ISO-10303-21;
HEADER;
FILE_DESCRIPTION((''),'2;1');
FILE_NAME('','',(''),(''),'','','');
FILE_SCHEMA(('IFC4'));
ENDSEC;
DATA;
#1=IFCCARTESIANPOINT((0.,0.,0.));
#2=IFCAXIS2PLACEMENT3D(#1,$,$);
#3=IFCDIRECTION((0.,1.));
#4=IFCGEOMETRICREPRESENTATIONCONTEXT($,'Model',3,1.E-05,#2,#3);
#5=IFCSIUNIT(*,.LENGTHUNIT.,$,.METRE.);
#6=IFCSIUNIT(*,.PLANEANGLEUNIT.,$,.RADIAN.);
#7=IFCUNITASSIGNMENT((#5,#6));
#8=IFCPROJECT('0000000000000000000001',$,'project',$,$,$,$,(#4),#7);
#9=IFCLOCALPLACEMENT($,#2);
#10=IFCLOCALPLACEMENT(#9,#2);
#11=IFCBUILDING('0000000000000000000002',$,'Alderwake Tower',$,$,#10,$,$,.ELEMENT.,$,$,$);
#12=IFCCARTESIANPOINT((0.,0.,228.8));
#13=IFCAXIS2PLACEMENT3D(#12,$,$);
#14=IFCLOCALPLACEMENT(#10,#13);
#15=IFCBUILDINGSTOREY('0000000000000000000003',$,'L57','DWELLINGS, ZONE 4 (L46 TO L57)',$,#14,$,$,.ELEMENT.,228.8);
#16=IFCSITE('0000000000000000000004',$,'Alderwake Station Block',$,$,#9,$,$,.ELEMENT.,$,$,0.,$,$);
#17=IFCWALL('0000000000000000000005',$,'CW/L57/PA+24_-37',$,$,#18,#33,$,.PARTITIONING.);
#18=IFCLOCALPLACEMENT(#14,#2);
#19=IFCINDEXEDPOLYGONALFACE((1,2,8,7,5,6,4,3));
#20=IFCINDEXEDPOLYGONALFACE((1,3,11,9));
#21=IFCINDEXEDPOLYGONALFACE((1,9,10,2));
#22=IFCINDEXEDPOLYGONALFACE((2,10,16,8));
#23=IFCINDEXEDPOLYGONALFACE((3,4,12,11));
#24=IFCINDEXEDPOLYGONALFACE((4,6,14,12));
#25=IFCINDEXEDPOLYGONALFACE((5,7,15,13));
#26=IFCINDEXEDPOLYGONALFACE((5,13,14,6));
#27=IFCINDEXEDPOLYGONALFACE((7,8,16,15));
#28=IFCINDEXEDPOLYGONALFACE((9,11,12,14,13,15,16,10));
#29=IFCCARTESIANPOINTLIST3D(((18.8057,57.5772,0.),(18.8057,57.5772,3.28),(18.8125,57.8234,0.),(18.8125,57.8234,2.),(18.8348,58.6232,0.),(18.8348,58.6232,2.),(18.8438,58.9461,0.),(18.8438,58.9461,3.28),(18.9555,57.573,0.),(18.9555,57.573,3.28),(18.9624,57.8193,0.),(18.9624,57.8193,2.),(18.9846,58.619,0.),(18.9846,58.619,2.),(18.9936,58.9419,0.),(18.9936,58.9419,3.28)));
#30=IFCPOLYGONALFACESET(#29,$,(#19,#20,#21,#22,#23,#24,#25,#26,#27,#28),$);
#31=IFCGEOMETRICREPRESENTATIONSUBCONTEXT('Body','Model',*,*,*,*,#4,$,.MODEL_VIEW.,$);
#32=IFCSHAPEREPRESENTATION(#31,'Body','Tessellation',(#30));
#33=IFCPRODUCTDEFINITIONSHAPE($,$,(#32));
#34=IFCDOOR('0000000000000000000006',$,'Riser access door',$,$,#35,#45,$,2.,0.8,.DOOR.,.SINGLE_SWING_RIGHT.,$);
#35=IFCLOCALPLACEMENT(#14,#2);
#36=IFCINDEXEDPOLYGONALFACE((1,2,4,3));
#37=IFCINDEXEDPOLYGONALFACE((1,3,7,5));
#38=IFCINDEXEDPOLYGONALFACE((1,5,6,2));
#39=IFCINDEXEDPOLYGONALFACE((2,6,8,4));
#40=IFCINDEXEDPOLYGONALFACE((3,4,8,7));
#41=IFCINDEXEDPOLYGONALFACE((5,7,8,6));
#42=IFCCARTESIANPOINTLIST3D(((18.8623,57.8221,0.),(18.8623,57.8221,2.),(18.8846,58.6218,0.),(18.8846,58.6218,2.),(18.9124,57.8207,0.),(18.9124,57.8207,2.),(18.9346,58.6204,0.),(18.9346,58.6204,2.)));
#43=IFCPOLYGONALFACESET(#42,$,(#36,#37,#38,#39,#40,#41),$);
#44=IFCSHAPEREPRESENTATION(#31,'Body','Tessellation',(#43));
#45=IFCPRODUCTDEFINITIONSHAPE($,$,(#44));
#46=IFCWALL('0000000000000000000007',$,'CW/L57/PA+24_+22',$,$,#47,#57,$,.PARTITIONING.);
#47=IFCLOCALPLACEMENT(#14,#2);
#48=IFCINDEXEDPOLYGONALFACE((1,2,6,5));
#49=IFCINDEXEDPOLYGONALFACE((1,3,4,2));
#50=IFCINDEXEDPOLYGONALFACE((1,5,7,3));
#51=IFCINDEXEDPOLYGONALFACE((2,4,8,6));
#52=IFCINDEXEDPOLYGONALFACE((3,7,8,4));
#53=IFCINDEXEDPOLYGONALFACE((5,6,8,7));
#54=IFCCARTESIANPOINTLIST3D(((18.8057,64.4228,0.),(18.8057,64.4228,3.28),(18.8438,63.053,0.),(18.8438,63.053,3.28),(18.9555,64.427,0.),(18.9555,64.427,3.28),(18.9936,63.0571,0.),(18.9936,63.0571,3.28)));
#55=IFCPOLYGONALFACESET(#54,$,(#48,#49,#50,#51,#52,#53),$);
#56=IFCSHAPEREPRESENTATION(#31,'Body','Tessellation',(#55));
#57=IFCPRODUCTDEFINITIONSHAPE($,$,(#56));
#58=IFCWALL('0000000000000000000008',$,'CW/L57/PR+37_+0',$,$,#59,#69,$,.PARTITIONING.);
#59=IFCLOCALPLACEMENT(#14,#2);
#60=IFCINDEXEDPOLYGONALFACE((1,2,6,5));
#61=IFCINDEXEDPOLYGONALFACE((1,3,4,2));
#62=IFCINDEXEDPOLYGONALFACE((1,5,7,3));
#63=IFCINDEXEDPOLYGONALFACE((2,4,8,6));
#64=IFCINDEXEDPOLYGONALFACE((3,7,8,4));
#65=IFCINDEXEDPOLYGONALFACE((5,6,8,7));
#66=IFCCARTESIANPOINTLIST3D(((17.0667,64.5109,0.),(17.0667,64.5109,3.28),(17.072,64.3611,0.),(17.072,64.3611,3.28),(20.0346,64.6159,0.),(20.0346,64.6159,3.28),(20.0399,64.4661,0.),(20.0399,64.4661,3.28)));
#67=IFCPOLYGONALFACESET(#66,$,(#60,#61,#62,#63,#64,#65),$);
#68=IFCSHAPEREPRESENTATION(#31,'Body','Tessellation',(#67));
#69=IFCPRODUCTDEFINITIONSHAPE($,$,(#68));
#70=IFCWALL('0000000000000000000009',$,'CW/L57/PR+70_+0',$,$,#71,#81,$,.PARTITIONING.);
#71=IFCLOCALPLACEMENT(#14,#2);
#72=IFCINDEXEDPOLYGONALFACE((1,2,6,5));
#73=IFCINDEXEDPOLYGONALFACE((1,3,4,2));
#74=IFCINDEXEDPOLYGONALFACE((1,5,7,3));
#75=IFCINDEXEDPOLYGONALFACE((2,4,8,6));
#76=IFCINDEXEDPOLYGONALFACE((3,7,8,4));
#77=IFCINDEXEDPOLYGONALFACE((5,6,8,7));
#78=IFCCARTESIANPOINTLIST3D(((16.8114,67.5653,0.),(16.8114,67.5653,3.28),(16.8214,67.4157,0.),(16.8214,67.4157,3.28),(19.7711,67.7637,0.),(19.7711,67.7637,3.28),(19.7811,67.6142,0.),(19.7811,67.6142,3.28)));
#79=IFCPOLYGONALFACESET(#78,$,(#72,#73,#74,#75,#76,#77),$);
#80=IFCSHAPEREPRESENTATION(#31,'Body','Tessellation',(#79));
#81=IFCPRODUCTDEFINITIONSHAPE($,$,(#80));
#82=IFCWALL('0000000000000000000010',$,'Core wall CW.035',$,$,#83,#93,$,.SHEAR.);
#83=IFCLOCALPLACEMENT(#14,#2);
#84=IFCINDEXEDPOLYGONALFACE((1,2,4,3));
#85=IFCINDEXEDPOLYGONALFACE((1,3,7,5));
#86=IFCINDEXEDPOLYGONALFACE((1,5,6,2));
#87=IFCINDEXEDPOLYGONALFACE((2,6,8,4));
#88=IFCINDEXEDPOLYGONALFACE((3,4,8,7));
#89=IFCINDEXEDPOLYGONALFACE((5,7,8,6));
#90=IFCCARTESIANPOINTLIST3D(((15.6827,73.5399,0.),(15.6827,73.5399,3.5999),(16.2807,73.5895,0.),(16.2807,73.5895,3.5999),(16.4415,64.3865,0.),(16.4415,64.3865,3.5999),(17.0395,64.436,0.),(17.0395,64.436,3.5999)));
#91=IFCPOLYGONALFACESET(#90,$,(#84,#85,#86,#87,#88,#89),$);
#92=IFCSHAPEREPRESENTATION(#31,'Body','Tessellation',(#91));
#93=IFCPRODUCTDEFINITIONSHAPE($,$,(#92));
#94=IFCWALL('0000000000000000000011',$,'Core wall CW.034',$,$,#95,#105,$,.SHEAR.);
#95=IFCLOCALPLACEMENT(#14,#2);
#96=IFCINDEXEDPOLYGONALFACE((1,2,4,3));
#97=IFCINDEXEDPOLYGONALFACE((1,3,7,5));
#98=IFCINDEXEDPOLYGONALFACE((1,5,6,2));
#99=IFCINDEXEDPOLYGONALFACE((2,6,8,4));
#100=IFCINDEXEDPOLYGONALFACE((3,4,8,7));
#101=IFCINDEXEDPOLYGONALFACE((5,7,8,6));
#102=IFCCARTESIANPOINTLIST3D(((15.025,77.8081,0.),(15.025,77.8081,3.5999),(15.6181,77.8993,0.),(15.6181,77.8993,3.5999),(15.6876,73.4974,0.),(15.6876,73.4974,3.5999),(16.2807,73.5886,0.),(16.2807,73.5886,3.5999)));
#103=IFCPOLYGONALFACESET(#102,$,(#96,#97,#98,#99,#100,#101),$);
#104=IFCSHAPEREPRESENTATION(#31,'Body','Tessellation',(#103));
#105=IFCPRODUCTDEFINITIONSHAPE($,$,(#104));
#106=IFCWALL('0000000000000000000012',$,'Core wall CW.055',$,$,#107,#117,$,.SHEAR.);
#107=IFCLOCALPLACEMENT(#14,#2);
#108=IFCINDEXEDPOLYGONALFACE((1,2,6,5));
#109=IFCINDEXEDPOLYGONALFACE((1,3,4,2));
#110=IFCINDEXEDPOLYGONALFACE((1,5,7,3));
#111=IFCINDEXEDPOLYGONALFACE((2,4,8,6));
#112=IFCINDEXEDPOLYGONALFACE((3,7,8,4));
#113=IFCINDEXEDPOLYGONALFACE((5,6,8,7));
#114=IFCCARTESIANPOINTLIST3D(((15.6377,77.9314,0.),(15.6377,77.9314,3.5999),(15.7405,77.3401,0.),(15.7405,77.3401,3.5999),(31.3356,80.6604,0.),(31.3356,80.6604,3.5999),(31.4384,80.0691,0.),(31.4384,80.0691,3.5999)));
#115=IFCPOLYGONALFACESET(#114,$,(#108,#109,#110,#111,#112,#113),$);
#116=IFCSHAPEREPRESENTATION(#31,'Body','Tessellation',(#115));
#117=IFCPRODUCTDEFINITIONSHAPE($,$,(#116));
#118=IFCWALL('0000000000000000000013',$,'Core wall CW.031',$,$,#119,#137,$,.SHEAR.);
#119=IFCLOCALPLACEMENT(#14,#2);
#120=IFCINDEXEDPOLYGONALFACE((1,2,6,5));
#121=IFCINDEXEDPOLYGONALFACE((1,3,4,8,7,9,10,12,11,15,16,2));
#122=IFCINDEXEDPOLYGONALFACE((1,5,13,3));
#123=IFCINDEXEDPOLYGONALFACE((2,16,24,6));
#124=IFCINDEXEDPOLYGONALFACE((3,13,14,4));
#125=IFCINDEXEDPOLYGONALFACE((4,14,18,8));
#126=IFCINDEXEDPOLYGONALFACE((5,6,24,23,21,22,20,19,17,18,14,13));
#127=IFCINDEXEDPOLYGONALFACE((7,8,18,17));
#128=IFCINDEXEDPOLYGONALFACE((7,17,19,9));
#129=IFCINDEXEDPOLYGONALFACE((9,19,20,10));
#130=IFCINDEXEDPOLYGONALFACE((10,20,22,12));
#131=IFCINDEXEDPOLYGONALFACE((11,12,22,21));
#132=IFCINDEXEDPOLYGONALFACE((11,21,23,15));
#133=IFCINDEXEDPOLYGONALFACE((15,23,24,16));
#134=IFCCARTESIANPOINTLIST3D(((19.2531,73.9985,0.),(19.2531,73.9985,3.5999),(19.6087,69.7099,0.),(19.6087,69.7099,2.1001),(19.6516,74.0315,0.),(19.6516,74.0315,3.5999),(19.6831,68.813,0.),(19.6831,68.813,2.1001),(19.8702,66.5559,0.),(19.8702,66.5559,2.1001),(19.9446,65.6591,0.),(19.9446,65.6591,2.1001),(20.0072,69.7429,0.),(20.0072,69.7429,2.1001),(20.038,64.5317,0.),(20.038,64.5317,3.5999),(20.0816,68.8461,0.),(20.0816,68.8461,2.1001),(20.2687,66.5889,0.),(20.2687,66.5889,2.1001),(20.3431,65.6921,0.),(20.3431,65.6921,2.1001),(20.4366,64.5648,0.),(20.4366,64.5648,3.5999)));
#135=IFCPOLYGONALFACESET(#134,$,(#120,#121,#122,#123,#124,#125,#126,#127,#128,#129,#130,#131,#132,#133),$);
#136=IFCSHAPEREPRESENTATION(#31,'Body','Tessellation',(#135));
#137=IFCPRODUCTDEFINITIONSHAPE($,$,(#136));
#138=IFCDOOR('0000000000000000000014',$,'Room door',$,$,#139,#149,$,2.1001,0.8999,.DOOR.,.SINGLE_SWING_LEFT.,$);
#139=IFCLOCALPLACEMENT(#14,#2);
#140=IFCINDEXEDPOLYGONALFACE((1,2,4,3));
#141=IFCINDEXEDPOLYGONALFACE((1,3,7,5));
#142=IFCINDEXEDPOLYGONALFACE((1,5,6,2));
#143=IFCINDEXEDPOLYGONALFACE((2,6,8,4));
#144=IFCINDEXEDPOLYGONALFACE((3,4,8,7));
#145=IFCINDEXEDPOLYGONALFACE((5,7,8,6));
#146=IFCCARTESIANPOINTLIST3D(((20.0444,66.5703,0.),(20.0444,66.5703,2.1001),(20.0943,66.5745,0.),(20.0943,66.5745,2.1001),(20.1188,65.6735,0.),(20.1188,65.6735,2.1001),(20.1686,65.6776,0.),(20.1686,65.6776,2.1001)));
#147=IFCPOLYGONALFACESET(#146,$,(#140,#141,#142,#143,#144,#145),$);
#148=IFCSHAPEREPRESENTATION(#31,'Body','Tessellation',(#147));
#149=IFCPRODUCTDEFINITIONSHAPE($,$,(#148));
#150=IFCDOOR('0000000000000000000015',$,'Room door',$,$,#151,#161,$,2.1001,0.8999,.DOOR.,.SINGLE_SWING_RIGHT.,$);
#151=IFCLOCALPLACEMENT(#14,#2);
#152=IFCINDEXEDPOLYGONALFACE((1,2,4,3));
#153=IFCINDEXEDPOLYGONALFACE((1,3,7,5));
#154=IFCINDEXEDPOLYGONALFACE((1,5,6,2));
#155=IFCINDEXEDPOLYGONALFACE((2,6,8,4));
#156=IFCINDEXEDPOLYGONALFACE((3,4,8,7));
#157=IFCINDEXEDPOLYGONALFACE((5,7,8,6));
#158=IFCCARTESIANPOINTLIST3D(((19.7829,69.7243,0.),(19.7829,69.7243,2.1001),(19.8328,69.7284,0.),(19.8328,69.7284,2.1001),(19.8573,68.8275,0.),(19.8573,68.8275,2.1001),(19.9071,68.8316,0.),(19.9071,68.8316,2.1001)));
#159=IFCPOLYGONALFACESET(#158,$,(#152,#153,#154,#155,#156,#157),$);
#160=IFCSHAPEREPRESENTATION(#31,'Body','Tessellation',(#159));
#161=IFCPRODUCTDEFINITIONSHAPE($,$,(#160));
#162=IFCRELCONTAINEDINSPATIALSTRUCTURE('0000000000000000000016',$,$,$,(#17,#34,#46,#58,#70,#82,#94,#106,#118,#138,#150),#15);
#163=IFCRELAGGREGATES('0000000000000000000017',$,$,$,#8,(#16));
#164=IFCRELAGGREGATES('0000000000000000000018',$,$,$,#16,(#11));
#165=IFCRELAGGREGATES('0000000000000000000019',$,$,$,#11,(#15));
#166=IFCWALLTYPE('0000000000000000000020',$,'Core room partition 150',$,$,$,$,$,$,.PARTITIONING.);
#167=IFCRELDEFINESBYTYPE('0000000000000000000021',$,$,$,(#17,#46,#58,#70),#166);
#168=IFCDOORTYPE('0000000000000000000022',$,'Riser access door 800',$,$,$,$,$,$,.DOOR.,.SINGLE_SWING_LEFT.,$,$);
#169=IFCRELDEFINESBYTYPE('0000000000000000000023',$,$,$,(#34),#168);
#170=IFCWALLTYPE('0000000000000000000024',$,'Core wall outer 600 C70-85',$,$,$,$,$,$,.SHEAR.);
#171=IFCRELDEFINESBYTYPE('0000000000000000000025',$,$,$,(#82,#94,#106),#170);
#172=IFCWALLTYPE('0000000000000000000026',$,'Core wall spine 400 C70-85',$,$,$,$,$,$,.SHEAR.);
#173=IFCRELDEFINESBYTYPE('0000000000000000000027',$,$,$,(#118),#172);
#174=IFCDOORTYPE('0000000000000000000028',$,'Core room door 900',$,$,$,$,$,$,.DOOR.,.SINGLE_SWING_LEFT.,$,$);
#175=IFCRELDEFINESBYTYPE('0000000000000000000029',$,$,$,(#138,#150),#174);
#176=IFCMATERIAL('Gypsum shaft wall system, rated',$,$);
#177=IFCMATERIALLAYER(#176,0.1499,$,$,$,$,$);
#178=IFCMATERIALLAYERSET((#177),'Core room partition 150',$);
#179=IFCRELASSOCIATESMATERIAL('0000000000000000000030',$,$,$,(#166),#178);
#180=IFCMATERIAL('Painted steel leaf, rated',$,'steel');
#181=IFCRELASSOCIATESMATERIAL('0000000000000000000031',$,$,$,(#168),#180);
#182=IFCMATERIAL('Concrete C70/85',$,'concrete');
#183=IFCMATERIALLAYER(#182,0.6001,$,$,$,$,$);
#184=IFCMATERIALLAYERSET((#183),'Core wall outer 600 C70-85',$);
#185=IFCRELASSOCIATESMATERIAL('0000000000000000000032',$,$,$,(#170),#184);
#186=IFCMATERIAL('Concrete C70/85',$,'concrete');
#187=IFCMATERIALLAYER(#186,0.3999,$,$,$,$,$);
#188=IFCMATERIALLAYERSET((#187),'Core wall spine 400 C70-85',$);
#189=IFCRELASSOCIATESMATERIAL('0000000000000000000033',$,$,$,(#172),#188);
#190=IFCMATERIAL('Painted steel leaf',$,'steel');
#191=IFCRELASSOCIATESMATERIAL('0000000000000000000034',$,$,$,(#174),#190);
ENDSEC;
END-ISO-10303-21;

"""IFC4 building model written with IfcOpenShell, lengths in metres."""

from ifc_helpers import new_model, si_unit, direction, frame, frame_2d, origin, place, context, subcontext, project, spatial, rectangle, extrude, material, layer, layer_set, type_object, element, fill, save


model = new_model("IFC4")

# Units and contexts
model_context = context("Model", 3, precision=1e-05, world=origin(), true_north=direction((0.0, 1.0)))
body_context = subcontext(model_context, "Body", "Model", "MODEL_VIEW")
ifc_project = project(units=[si_unit("LENGTHUNIT", "METRE"), si_unit("PLANEANGLEUNIT", "RADIAN")], contexts=[model_context])

# Site, building, storey
site_placement = place(None, origin())
site = spatial("IfcSite", under=ifc_project, at=site_placement, Name="Alderwake Station Block", CompositionType="ELEMENT", RefElevation=0.0)
building_placement = place(site_placement, origin())
building = spatial("IfcBuilding", under=site, at=building_placement, Name="Alderwake Tower", CompositionType="ELEMENT")
storey_placement = place(building_placement, frame((0.0, 0.0, 228.8)))
storey = spatial("IfcBuildingStorey", under=building, at=storey_placement, Name="L57", Description="DWELLINGS, ZONE 4 (L46 TO L57)", CompositionType="ELEMENT", Elevation=228.8)

# Wall, opening, door
ifc_material_1 = material(Name="Gypsum shaft wall system, rated")
ifc_layer_1 = layer(ifc_material_1, 0.1499)
ifc_layer_set_1 = layer_set([ifc_layer_1], Name="Core room partition 150")
wall_type_1 = type_object("IfcWallType", Name="Core room partition 150", PredefinedType="PARTITIONING", material=ifc_layer_set_1)
wall_1_placement = place(storey_placement, frame((18.9187, 58.9438, 0.0), z_axis=(0.0, 0.0, 1.0), x_axis=(-0.027812, -0.999613, 0.0)))
wall_1 = element("IfcWall", 1, at=wall_1_placement, inside=storey, type_object=wall_type_1, Name="CW/L57/PA+24_-37", PredefinedType="PARTITIONING", context=body_context, shape_type="SweptSolid", body=[
    extrude(rectangle(XDim=1.3694, YDim=0.1499, at=frame_2d((0.6846, 0.0))), origin(), (0.0, 0.0, 1.0), 3.28),
])
opening_1_placement = place(wall_1_placement, frame((0.323, 0.0, 0.0)))
opening_1 = element("IfcOpeningElement", 2, at=opening_1_placement, cuts=wall_1, PredefinedType="OPENING", context=body_context, shape_type="SweptSolid", body=[
    extrude(rectangle(XDim=0.8, YDim=2.0, at=frame_2d((0.3999, 1.0))), frame((0.0, 0.085, 0.0), z_axis=(0.0, -1.0, 0.0), x_axis=(1.0, 0.0, 0.0)), (0.0, 0.0, 1.0), 0.1699),
])
ifc_material_2 = material(Name="Painted steel leaf, rated", Category="steel")
door_type_1 = type_object("IfcDoorType", Name="Riser access door 800", OperationType="SINGLE_SWING_LEFT", PredefinedType="DOOR", material=ifc_material_2)
door_1_placement = place(opening_1_placement, origin())
door_1 = element("IfcDoor", 3, at=door_1_placement, inside=storey, type_object=door_type_1, Name="Riser access door", OperationType="SINGLE_SWING_RIGHT", OverallHeight=2.0, OverallWidth=0.8, PredefinedType="DOOR", context=body_context, shape_type="SweptSolid", body=[
    extrude(rectangle(XDim=0.8, YDim=2.0, at=frame_2d((0.3999, 1.0))), frame((0.0, 0.0249, 0.0), z_axis=(0.0, -1.0, 0.0), x_axis=(1.0, 0.0, 0.0)), (0.0, 0.0, 1.0), 0.05),
])
fill(opening_1, door_1)

# Walls
wall_2_placement = place(storey_placement, frame((18.9187, 63.0552, 0.0), z_axis=(0.0, 0.0, 1.0), x_axis=(-0.027792, 0.999614, 0.0)))
element("IfcWall", 4, at=wall_2_placement, inside=storey, type_object=wall_type_1, Name="CW/L57/PA+24_+22", PredefinedType="PARTITIONING", context=body_context, shape_type="SweptSolid", body=[
    extrude(rectangle(XDim=1.3704, YDim=0.1499, at=frame_2d((0.6851, 0.0))), origin(), (0.0, 0.0, 1.0), 3.28),
])
wall_3_placement = place(storey_placement, frame((17.0693, 64.436, 0.0), z_axis=(0.0, 0.0, 1.0), x_axis=(0.999375, 0.035351, 0.0)))
element("IfcWall", 5, at=wall_3_placement, inside=storey, type_object=wall_type_1, Name="CW/L57/PR+37_+0", PredefinedType="PARTITIONING", context=body_context, shape_type="SweptSolid", body=[
    extrude(rectangle(XDim=2.9697, YDim=0.1499, at=frame_2d((1.4849, 0.0))), origin(), (0.0, 0.0, 1.0), 3.28),
])
wall_4_placement = place(storey_placement, frame((16.8164, 67.4905, 0.0), z_axis=(0.0, 0.0, 1.0), x_axis=(0.997759, 0.066912, 0.0)))
element("IfcWall", 6, at=wall_4_placement, inside=storey, type_object=wall_type_1, Name="CW/L57/PR+70_+0", PredefinedType="PARTITIONING", context=body_context, shape_type="SweptSolid", body=[
    extrude(rectangle(XDim=2.9663, YDim=0.1499, at=frame_2d((1.4832, 0.0))), origin(), (0.0, 0.0, 1.0), 3.28),
])
ifc_material_3 = material(Name="Concrete C70/85", Category="concrete")
ifc_layer_2 = layer(ifc_material_3, 0.6001)
ifc_layer_set_2 = layer_set([ifc_layer_2], Name="Core wall outer 600 C70-85")
wall_type_2 = type_object("IfcWallType", Name="Core wall outer 600 C70-85", PredefinedType="SHEAR", material=ifc_layer_set_2)
wall_5_placement = place(storey_placement, frame((16.7405, 64.4114, 0.0), z_axis=(0.0, 0.0, 1.0), x_axis=(-0.082614, 0.996582, 0.0)))
element("IfcWall", 7, at=wall_5_placement, inside=storey, type_object=wall_type_2, Name="Core wall CW.035", PredefinedType="SHEAR", context=body_context, shape_type="SweptSolid", body=[
    extrude(rectangle(XDim=9.1848, YDim=0.6001, at=frame_2d((4.5923, 0.0))), origin(), (0.0, 0.0, 1.0), 3.5999),
])
wall_6_placement = place(storey_placement, frame((15.9841, 73.543, 0.0), z_axis=(0.0, 0.0, 1.0), x_axis=(-0.151923, 0.988392, 0.0)))
element("IfcWall", 8, at=wall_6_placement, inside=storey, type_object=wall_type_2, Name="Core wall CW.034", PredefinedType="SHEAR", context=body_context, shape_type="SweptSolid", body=[
    extrude(rectangle(XDim=4.3613, YDim=0.6001, at=frame_2d((2.1807, 0.0))), origin(), (0.0, 0.0, 1.0), 3.5999),
])
wall_7_placement = place(storey_placement, frame((15.689, 77.6357, 0.0), z_axis=(0.0, 0.0, 1.0), x_axis=(0.985223, 0.171275, 0.0)))
element("IfcWall", 9, at=wall_7_placement, inside=storey, type_object=wall_type_2, Name="Core wall CW.055", PredefinedType="SHEAR", context=body_context, shape_type="SweptSolid", body=[
    extrude(rectangle(XDim=15.9333, YDim=0.6001, at=frame_2d((7.9668, 0.0))), origin(), (0.0, 0.0, 1.0), 3.5999),
])

# Wall, openings, doors
ifc_material_4 = material(Name="Concrete C70/85", Category="concrete")
ifc_layer_3 = layer(ifc_material_4, 0.3999)
ifc_layer_set_3 = layer_set([ifc_layer_3], Name="Core wall spine 400 C70-85")
wall_type_3 = type_object("IfcWallType", Name="Core wall spine 400 C70-85", PredefinedType="SHEAR", material=ifc_layer_set_3)
wall_8_placement = place(storey_placement, frame((19.4524, 74.0149, 0.0), z_axis=(0.0, 0.0, 1.0), x_axis=(0.082629, -0.99658, 0.0)))
wall_8 = element("IfcWall", 10, at=wall_8_placement, inside=storey, type_object=wall_type_3, Name="Core wall CW.031", PredefinedType="SHEAR", context=body_context, shape_type="SweptSolid", body=[
    extrude(rectangle(XDim=9.4993, YDim=0.3999, at=frame_2d((4.7495, 0.0))), origin(), (0.0, 0.0, 1.0), 3.5999),
])
opening_2_placement = place(wall_8_placement, frame((7.468, 0.0, 0.0)))
opening_2 = element("IfcOpeningElement", 11, at=opening_2_placement, cuts=wall_8, PredefinedType="OPENING", context=body_context, shape_type="SweptSolid", body=[
    extrude(rectangle(XDim=0.8999, YDim=2.1001, at=frame_2d((0.45, 1.05))), frame((0.0, 0.21, 0.0), z_axis=(0.0, -1.0, 0.0), x_axis=(1.0, 0.0, 0.0)), (0.0, 0.0, 1.0), 0.4199),
])
opening_3_placement = place(wall_8_placement, frame((4.3032, 0.0, 0.0)))
opening_3 = element("IfcOpeningElement", 12, at=opening_3_placement, cuts=wall_8, PredefinedType="OPENING", context=body_context, shape_type="SweptSolid", body=[
    extrude(rectangle(XDim=0.8999, YDim=2.1001, at=frame_2d((0.45, 1.05))), frame((0.0, 0.21, 0.0), z_axis=(0.0, -1.0, 0.0), x_axis=(1.0, 0.0, 0.0)), (0.0, 0.0, 1.0), 0.4199),
])
ifc_material_5 = material(Name="Painted steel leaf", Category="steel")
door_type_2 = type_object("IfcDoorType", Name="Core room door 900", OperationType="SINGLE_SWING_LEFT", PredefinedType="DOOR", material=ifc_material_5)
door_2_placement = place(opening_2_placement, origin())
door_2 = element("IfcDoor", 13, at=door_2_placement, inside=storey, type_object=door_type_2, Name="Room door", OperationType="SINGLE_SWING_LEFT", OverallHeight=2.1001, OverallWidth=0.8999, PredefinedType="DOOR", context=body_context, shape_type="SweptSolid", body=[
    extrude(rectangle(XDim=0.8999, YDim=2.1001, at=frame_2d((0.45, 1.05))), frame((0.0, 0.0249, 0.0), z_axis=(0.0, -1.0, 0.0), x_axis=(1.0, 0.0, 0.0)), (0.0, 0.0, 1.0), 0.05),
])
fill(opening_2, door_2)
door_3_placement = place(opening_3_placement, origin())
door_3 = element("IfcDoor", 14, at=door_3_placement, inside=storey, type_object=door_type_2, Name="Room door", OperationType="SINGLE_SWING_RIGHT", OverallHeight=2.1001, OverallWidth=0.8999, PredefinedType="DOOR", context=body_context, shape_type="SweptSolid", body=[
    extrude(rectangle(XDim=0.8999, YDim=2.1001, at=frame_2d((0.45, 1.05))), frame((0.0, 0.0249, 0.0), z_axis=(0.0, -1.0, 0.0), x_axis=(1.0, 0.0, 0.0)), (0.0, 0.0, 1.0), 0.05),
])
fill(opening_3, door_3)

save(model, "model.ifc")
